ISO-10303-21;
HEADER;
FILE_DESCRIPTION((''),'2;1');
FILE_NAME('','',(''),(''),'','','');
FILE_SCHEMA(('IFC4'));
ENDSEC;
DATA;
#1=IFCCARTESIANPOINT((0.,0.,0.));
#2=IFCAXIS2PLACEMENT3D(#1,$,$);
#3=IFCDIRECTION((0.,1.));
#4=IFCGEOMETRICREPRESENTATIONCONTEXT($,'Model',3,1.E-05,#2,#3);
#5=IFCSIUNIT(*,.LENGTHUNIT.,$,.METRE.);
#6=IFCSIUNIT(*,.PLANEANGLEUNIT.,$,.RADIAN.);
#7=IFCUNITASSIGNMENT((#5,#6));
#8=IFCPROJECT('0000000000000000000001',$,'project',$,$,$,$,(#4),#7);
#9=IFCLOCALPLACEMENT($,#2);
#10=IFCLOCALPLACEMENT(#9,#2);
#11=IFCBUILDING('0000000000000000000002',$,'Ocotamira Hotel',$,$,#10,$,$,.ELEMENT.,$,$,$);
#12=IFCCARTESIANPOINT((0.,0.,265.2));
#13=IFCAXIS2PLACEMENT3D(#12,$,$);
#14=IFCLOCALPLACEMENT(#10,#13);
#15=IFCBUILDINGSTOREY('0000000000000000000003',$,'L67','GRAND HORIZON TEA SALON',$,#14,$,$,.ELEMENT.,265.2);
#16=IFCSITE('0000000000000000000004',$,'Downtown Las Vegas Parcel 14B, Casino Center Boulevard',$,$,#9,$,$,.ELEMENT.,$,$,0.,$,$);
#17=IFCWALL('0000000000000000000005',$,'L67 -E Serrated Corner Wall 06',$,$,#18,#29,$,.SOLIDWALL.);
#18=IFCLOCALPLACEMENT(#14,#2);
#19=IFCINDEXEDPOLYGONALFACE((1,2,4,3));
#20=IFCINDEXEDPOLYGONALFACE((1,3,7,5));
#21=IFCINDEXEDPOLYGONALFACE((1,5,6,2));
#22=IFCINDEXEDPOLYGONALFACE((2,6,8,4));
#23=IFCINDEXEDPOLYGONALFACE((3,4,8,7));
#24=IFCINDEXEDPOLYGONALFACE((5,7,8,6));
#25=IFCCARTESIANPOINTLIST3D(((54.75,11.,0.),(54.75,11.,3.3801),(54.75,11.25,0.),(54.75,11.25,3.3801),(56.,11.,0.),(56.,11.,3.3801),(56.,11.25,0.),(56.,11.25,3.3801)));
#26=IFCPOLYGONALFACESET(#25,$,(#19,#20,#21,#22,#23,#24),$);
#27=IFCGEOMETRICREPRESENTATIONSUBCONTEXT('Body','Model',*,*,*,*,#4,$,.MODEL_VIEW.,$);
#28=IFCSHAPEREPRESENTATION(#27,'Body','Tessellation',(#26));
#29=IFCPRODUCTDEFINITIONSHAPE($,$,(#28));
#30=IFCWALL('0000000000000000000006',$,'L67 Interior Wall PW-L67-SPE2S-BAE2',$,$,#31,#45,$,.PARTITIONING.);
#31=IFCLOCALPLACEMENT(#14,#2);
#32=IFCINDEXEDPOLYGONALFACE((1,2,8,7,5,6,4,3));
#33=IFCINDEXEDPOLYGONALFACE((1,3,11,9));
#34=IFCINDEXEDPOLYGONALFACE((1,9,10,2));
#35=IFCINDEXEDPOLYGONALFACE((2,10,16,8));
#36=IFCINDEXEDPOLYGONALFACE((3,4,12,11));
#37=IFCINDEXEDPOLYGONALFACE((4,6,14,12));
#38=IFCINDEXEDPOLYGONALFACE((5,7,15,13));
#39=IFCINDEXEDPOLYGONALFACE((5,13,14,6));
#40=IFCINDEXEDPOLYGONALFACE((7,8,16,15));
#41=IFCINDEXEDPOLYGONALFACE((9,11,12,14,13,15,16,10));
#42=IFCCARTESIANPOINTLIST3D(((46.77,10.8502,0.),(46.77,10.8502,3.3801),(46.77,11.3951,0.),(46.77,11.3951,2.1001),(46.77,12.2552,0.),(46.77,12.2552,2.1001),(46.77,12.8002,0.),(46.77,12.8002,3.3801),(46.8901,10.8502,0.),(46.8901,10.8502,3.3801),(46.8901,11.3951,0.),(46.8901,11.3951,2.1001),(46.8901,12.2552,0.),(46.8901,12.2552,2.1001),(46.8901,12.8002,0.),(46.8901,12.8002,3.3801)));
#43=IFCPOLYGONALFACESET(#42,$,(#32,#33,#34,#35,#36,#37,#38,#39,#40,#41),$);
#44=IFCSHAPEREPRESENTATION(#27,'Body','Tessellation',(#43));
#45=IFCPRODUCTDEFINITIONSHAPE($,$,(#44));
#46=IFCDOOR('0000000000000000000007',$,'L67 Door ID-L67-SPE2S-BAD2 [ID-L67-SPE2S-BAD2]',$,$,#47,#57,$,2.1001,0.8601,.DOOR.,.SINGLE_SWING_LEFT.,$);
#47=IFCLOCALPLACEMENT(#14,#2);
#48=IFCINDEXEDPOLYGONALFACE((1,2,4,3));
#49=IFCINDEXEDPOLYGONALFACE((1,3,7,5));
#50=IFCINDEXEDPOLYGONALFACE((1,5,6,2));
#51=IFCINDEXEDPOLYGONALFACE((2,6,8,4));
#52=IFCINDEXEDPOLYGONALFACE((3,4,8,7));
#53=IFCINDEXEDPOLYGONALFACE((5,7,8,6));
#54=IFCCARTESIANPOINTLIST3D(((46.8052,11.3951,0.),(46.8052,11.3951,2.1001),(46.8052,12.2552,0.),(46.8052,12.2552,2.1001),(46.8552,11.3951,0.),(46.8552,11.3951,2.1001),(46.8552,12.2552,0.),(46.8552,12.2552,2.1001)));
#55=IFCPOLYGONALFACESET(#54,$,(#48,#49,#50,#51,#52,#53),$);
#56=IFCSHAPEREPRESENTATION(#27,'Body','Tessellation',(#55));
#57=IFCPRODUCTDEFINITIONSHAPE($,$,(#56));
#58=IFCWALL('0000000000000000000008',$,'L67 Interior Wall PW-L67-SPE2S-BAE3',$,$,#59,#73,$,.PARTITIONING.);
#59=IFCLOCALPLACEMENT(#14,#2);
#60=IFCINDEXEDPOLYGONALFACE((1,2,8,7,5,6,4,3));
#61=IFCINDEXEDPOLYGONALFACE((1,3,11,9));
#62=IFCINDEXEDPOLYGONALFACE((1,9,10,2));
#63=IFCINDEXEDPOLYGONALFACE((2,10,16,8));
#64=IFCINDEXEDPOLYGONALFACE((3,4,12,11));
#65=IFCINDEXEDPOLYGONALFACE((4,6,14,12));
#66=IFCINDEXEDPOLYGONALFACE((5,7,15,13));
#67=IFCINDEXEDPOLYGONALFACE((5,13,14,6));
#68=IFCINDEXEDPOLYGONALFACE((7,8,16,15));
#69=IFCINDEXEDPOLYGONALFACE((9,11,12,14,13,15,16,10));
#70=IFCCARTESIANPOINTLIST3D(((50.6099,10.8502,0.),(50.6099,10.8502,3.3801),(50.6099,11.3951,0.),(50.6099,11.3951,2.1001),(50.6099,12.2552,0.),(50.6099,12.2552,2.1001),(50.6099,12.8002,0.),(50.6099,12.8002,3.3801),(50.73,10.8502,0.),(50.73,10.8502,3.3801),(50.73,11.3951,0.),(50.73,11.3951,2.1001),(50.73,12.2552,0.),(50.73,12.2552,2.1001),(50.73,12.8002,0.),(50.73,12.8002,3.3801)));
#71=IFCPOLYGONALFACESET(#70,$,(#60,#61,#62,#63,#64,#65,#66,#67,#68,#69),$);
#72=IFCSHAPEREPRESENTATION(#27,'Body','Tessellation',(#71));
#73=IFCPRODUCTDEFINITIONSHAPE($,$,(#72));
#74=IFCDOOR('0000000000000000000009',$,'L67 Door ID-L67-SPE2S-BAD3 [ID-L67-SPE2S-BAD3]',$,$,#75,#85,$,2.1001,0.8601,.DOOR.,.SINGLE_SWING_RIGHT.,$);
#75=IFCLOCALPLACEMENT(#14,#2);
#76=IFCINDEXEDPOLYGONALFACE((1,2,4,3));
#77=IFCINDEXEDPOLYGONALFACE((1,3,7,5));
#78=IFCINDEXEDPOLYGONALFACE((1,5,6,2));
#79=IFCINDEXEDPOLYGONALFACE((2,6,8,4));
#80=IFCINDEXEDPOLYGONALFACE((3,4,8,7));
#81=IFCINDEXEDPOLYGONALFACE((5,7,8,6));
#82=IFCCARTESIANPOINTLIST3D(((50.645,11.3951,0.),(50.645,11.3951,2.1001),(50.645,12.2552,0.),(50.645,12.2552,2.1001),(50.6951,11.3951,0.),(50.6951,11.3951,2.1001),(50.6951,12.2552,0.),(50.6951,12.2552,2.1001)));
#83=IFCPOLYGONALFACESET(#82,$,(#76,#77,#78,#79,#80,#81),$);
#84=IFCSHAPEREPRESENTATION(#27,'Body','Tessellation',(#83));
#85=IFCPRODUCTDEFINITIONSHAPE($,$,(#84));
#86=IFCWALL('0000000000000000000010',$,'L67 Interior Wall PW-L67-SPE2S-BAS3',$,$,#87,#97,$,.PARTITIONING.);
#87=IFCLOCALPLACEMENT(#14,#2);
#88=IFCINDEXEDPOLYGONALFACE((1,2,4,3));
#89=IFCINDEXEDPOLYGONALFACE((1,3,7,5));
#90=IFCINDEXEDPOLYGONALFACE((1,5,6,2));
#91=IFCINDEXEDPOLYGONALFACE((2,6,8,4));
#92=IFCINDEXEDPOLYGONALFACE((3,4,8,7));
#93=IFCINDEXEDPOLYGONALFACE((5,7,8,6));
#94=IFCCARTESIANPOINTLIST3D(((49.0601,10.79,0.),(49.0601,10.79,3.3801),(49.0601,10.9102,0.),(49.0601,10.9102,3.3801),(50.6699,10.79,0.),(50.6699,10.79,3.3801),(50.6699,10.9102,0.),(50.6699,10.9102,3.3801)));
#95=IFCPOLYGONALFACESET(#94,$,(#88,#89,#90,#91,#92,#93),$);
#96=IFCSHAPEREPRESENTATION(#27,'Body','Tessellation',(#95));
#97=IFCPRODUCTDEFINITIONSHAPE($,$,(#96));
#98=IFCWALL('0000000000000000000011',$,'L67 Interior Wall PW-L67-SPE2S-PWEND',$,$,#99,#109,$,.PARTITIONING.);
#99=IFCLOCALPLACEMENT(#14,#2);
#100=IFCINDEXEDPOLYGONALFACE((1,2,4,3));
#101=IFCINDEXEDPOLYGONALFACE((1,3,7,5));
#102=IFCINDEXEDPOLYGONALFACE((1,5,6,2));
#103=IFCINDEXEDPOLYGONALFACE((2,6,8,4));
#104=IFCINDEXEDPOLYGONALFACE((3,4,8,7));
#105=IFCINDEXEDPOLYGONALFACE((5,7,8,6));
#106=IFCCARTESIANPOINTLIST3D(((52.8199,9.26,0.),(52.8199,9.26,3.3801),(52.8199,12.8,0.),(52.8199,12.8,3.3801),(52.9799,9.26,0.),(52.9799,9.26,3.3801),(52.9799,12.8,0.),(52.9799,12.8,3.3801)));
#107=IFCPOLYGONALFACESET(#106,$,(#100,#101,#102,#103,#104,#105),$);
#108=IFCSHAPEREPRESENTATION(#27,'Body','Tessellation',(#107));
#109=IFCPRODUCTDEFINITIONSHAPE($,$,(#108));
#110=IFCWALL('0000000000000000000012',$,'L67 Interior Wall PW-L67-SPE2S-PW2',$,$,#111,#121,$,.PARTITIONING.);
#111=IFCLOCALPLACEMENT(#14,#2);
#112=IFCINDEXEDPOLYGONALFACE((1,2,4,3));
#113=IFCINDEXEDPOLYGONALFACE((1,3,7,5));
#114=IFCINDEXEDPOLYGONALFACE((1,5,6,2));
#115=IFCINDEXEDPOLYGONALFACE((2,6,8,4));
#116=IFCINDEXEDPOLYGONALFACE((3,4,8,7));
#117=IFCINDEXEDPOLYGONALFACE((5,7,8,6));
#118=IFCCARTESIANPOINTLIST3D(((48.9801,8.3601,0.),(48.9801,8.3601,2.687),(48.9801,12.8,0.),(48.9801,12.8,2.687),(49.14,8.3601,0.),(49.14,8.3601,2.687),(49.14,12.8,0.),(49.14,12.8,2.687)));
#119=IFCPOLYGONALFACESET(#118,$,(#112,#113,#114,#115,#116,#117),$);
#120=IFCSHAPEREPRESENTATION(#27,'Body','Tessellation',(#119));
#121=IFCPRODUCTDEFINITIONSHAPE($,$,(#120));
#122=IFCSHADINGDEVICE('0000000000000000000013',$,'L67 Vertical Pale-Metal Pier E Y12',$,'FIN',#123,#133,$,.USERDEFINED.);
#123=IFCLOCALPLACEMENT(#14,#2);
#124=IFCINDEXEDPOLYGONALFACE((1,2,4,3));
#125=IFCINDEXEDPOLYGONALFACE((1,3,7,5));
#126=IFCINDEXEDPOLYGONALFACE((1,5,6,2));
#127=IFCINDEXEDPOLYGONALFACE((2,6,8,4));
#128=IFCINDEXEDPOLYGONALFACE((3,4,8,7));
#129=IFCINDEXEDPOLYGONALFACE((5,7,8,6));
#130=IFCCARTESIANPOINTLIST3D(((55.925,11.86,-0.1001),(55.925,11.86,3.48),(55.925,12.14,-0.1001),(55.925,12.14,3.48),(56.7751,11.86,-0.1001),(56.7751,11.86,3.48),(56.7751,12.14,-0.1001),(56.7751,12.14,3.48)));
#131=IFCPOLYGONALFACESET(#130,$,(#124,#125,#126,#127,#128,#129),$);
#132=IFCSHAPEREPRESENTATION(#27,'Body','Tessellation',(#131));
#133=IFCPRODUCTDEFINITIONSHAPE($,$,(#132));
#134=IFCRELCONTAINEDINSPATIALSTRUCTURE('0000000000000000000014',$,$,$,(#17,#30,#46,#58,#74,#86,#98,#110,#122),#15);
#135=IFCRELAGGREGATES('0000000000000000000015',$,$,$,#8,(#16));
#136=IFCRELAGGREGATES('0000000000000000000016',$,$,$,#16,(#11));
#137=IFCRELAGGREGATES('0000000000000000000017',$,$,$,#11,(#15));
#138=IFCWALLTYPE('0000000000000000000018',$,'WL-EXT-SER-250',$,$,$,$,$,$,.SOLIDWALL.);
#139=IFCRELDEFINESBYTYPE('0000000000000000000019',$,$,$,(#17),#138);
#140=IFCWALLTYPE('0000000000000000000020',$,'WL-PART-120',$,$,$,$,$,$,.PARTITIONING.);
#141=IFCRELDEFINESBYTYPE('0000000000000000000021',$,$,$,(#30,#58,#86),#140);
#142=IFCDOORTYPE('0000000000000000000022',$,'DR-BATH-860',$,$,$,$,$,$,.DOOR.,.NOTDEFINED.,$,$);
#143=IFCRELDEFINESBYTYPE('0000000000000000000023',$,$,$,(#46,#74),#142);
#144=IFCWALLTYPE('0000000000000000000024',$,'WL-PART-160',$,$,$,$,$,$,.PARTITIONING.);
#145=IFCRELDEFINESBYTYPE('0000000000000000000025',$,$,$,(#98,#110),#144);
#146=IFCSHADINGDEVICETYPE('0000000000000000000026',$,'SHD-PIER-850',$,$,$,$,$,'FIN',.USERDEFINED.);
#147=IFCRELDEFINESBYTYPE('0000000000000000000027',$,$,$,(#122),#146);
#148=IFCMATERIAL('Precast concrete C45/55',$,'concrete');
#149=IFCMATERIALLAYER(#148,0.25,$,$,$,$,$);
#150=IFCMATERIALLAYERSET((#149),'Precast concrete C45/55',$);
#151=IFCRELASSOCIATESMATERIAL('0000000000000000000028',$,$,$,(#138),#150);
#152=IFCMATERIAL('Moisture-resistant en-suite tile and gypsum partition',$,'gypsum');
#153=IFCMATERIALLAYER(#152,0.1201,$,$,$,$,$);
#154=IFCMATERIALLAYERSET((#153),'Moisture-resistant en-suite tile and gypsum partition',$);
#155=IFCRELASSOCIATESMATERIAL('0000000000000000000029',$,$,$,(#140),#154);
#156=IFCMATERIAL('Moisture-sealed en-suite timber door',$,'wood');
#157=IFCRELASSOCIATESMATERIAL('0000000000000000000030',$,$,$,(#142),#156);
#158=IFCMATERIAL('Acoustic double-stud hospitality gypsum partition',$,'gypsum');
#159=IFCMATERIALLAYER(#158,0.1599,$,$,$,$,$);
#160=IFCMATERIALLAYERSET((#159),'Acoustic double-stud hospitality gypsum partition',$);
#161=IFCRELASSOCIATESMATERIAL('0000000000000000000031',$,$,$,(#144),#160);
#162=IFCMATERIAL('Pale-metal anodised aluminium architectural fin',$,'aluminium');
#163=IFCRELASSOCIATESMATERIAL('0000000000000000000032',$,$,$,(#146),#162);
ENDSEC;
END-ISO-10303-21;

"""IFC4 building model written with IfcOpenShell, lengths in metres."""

from ifc_helpers import new_model, si_unit, direction, frame, frame_2d, origin, origin_2d, place, context, subcontext, project, spatial, rectangle, extrude, source, transform, mapped, material, layer, layer_set, type_object, element, fill, save


model = new_model("IFC4")

# Units and contexts
model_context = context("Model", 3, precision=1e-05, world=origin(), true_north=direction((0.0, 1.0)))
body_context = subcontext(model_context, "Body", "Model", "MODEL_VIEW")
ifc_project = project(units=[si_unit("LENGTHUNIT", "METRE"), si_unit("PLANEANGLEUNIT", "RADIAN")], contexts=[model_context])

# Site, building, storey
site_placement = place(None, origin())
site = spatial("IfcSite", under=ifc_project, at=site_placement, Name="Downtown Las Vegas Parcel 14B, Casino Center Boulevard", CompositionType="ELEMENT", RefElevation=0.0)
building_placement = place(site_placement, origin())
building = spatial("IfcBuilding", under=site, at=building_placement, Name="Ocotamira Hotel", CompositionType="ELEMENT")
storey_placement = place(building_placement, frame((0.0, 0.0, 265.2)))
storey = spatial("IfcBuildingStorey", under=building, at=storey_placement, Name="L67", Description="GRAND HORIZON TEA SALON", CompositionType="ELEMENT", Elevation=265.2)

# Wall
ifc_material_1 = material(Name="Precast concrete C45/55", Category="concrete")
ifc_layer_1 = layer(ifc_material_1, 0.25)
ifc_layer_set_1 = layer_set([ifc_layer_1], Name="Precast concrete C45/55")
wall_type_1 = type_object("IfcWallType", Name="WL-EXT-SER-250", PredefinedType="SOLIDWALL", material=ifc_layer_set_1)
wall_1_placement = place(storey_placement, frame((54.75, 11.125, 0.0), z_axis=(0.0, 0.0, 1.0), x_axis=(1.0, 0.0, 0.0)))
element("IfcWall", 1, at=wall_1_placement, inside=storey, type_object=wall_type_1, Name="L67 -E Serrated Corner Wall 06", PredefinedType="SOLIDWALL", context=body_context, shape_type="SweptSolid", body=[
    extrude(rectangle(XDim=1.25, YDim=0.25, at=frame_2d((0.625, 0.0))), origin(), (0.0, 0.0, 1.0), 3.3801),
])

# Walls, openings, doors
ifc_material_2 = material(Name="Moisture-resistant en-suite tile and gypsum partition", Category="gypsum")
ifc_layer_2 = layer(ifc_material_2, 0.1201)
ifc_layer_set_2 = layer_set([ifc_layer_2], Name="Moisture-resistant en-suite tile and gypsum partition")
wall_type_2 = type_object("IfcWallType", Name="WL-PART-120", PredefinedType="PARTITIONING", material=ifc_layer_set_2)
wall_2_placement = place(storey_placement, frame((46.8301, 10.8501, 0.0), z_axis=(0.0, 0.0, 1.0), x_axis=(0.0, 1.0, 0.0)))
wall_2 = element("IfcWall", 2, at=wall_2_placement, inside=storey, type_object=wall_type_2, Name="L67 Interior Wall PW-L67-SPE2S-BAE2", PredefinedType="PARTITIONING", context=body_context, shape_type="SweptSolid", body=[
    extrude(rectangle(XDim=1.95, YDim=0.1201, at=frame_2d((0.9751, 0.0))), origin(), (0.0, 0.0, 1.0), 3.3801),
])
opening_1_placement = place(wall_2_placement, frame((0.5449, 0.0, 0.0)))
opening_1 = element("IfcOpeningElement", 3, at=opening_1_placement, cuts=wall_2, PredefinedType="OPENING", context=body_context, shape_type="SweptSolid", body=[
    extrude(rectangle(XDim=0.8601, YDim=2.1001, at=frame_2d((0.4302, 1.05))), frame((0.0, 0.0701, 0.0), z_axis=(0.0, -1.0, 0.0), x_axis=(1.0, 0.0, 0.0)), (0.0, 0.0, 1.0), 0.1401),
])
ifc_material_3 = material(Name="Moisture-sealed en-suite timber door", Category="wood")
door_type = type_object("IfcDoorType", Name="DR-BATH-860", OperationType="NOTDEFINED", PredefinedType="DOOR", material=ifc_material_3)
shared_shape_1 = source(origin(), body_context, "Body", "SweptSolid", [
    extrude(rectangle(XDim=0.8601, YDim=2.1001, at=frame_2d((0.4302, 1.05))), frame((0.0, 0.0249, 0.0), z_axis=(0.0, -1.0, 0.0), x_axis=(1.0, 0.0, 0.0)), (0.0, 0.0, 1.0), 0.05),
])
door_1_placement = place(opening_1_placement, origin())
door_1 = element("IfcDoor", 4, at=door_1_placement, inside=storey, type_object=door_type, Name="L67 Door ID-L67-SPE2S-BAD2 [ID-L67-SPE2S-BAD2]", OperationType="SINGLE_SWING_LEFT", OverallHeight=2.1001, OverallWidth=0.8601, PredefinedType="DOOR", context=body_context, shape_type="MappedRepresentation", body=[
    mapped(shared_shape_1, transform((0.0, 0.0, 0.0), scale=1.0)),
])
fill(opening_1, door_1)
wall_3_placement = place(storey_placement, frame((50.6699, 10.8501, 0.0), z_axis=(0.0, 0.0, 1.0), x_axis=(0.0, 1.0, 0.0)))
wall_3 = element("IfcWall", 5, at=wall_3_placement, inside=storey, type_object=wall_type_2, Name="L67 Interior Wall PW-L67-SPE2S-BAE3", PredefinedType="PARTITIONING", context=body_context, shape_type="SweptSolid", body=[
    extrude(rectangle(XDim=1.95, YDim=0.1201, at=frame_2d((0.9751, 0.0))), origin(), (0.0, 0.0, 1.0), 3.3801),
])
opening_2_placement = place(wall_3_placement, frame((0.5449, 0.0, 0.0)))
opening_2 = element("IfcOpeningElement", 6, at=opening_2_placement, cuts=wall_3, PredefinedType="OPENING", context=body_context, shape_type="SweptSolid", body=[
    extrude(rectangle(XDim=0.8601, YDim=2.1001, at=frame_2d((0.4302, 1.05))), frame((0.0, 0.0701, 0.0), z_axis=(0.0, -1.0, 0.0), x_axis=(1.0, 0.0, 0.0)), (0.0, 0.0, 1.0), 0.1401),
])
door_2_placement = place(opening_2_placement, origin())
door_2 = element("IfcDoor", 7, at=door_2_placement, inside=storey, type_object=door_type, Name="L67 Door ID-L67-SPE2S-BAD3 [ID-L67-SPE2S-BAD3]", OperationType="SINGLE_SWING_RIGHT", OverallHeight=2.1001, OverallWidth=0.8601, PredefinedType="DOOR", context=body_context, shape_type="MappedRepresentation", body=[
    mapped(shared_shape_1, transform((0.0, 0.0, 0.0), scale=1.0)),
])
fill(opening_2, door_2)

# Walls
wall_4_placement = place(storey_placement, frame((49.0601, 10.8501, 0.0), z_axis=(0.0, 0.0, 1.0), x_axis=(1.0, 0.0, 0.0)))
element("IfcWall", 8, at=wall_4_placement, inside=storey, type_object=wall_type_2, Name="L67 Interior Wall PW-L67-SPE2S-BAS3", PredefinedType="PARTITIONING", context=body_context, shape_type="SweptSolid", body=[
    extrude(rectangle(XDim=1.6099, YDim=0.1201, at=frame_2d((0.8049, 0.0))), origin(), (0.0, 0.0, 1.0), 3.3801),
])
ifc_material_4 = material(Name="Acoustic double-stud hospitality gypsum partition", Category="gypsum")
ifc_layer_3 = layer(ifc_material_4, 0.1599)
ifc_layer_set_3 = layer_set([ifc_layer_3], Name="Acoustic double-stud hospitality gypsum partition")
wall_type_3 = type_object("IfcWallType", Name="WL-PART-160", PredefinedType="PARTITIONING", material=ifc_layer_set_3)
wall_5_placement = place(storey_placement, frame((52.8999, 9.26, 0.0), z_axis=(0.0, 0.0, 1.0), x_axis=(0.0, 1.0, 0.0)))
element("IfcWall", 9, at=wall_5_placement, inside=storey, type_object=wall_type_3, Name="L67 Interior Wall PW-L67-SPE2S-PWEND", PredefinedType="PARTITIONING", context=body_context, shape_type="SweptSolid", body=[
    extrude(rectangle(XDim=3.54, YDim=0.1599, at=frame_2d((1.77, 0.0))), origin(), (0.0, 0.0, 1.0), 3.3801),
])
wall_6_placement = place(storey_placement, frame((49.0601, 8.3601, 0.0), z_axis=(0.0, 0.0, 1.0), x_axis=(0.0, 1.0, 0.0)))
element("IfcWall", 10, at=wall_6_placement, inside=storey, type_object=wall_type_3, Name="L67 Interior Wall PW-L67-SPE2S-PW2", PredefinedType="PARTITIONING", context=body_context, shape_type="SweptSolid", body=[
    extrude(rectangle(XDim=4.4399, YDim=0.1599, at=frame_2d((2.22, 0.0))), origin(), (0.0, 0.0, 1.0), 2.687),
])

# Shading device
ifc_material_5 = material(Name="Pale-metal anodised aluminium architectural fin", Category="aluminium")
shading_device_type = type_object("IfcShadingDeviceType", Name="SHD-PIER-850", ElementType="FIN", PredefinedType="USERDEFINED", material=ifc_material_5)
shared_shape_2 = source(origin(), body_context, "Body", "SweptSolid", [
    extrude(rectangle(XDim=0.8501, YDim=0.28, at=origin_2d()), origin(), (0.0, 0.0, 1.0), 3.5801),
])
shading_device_placement = place(storey_placement, frame((56.3501, 12.0, -0.1001), z_axis=(0.0, 0.0, 1.0), x_axis=(1.0, 0.0, 0.0)))
element("IfcShadingDevice", 11, at=shading_device_placement, inside=storey, type_object=shading_device_type, Name="L67 Vertical Pale-Metal Pier E Y12", ObjectType="FIN", PredefinedType="USERDEFINED", context=body_context, shape_type="MappedRepresentation", body=[
    mapped(shared_shape_2, transform((0.0, 0.0, 0.0), scale=1.0)),
])

save(model, "model.ifc")
